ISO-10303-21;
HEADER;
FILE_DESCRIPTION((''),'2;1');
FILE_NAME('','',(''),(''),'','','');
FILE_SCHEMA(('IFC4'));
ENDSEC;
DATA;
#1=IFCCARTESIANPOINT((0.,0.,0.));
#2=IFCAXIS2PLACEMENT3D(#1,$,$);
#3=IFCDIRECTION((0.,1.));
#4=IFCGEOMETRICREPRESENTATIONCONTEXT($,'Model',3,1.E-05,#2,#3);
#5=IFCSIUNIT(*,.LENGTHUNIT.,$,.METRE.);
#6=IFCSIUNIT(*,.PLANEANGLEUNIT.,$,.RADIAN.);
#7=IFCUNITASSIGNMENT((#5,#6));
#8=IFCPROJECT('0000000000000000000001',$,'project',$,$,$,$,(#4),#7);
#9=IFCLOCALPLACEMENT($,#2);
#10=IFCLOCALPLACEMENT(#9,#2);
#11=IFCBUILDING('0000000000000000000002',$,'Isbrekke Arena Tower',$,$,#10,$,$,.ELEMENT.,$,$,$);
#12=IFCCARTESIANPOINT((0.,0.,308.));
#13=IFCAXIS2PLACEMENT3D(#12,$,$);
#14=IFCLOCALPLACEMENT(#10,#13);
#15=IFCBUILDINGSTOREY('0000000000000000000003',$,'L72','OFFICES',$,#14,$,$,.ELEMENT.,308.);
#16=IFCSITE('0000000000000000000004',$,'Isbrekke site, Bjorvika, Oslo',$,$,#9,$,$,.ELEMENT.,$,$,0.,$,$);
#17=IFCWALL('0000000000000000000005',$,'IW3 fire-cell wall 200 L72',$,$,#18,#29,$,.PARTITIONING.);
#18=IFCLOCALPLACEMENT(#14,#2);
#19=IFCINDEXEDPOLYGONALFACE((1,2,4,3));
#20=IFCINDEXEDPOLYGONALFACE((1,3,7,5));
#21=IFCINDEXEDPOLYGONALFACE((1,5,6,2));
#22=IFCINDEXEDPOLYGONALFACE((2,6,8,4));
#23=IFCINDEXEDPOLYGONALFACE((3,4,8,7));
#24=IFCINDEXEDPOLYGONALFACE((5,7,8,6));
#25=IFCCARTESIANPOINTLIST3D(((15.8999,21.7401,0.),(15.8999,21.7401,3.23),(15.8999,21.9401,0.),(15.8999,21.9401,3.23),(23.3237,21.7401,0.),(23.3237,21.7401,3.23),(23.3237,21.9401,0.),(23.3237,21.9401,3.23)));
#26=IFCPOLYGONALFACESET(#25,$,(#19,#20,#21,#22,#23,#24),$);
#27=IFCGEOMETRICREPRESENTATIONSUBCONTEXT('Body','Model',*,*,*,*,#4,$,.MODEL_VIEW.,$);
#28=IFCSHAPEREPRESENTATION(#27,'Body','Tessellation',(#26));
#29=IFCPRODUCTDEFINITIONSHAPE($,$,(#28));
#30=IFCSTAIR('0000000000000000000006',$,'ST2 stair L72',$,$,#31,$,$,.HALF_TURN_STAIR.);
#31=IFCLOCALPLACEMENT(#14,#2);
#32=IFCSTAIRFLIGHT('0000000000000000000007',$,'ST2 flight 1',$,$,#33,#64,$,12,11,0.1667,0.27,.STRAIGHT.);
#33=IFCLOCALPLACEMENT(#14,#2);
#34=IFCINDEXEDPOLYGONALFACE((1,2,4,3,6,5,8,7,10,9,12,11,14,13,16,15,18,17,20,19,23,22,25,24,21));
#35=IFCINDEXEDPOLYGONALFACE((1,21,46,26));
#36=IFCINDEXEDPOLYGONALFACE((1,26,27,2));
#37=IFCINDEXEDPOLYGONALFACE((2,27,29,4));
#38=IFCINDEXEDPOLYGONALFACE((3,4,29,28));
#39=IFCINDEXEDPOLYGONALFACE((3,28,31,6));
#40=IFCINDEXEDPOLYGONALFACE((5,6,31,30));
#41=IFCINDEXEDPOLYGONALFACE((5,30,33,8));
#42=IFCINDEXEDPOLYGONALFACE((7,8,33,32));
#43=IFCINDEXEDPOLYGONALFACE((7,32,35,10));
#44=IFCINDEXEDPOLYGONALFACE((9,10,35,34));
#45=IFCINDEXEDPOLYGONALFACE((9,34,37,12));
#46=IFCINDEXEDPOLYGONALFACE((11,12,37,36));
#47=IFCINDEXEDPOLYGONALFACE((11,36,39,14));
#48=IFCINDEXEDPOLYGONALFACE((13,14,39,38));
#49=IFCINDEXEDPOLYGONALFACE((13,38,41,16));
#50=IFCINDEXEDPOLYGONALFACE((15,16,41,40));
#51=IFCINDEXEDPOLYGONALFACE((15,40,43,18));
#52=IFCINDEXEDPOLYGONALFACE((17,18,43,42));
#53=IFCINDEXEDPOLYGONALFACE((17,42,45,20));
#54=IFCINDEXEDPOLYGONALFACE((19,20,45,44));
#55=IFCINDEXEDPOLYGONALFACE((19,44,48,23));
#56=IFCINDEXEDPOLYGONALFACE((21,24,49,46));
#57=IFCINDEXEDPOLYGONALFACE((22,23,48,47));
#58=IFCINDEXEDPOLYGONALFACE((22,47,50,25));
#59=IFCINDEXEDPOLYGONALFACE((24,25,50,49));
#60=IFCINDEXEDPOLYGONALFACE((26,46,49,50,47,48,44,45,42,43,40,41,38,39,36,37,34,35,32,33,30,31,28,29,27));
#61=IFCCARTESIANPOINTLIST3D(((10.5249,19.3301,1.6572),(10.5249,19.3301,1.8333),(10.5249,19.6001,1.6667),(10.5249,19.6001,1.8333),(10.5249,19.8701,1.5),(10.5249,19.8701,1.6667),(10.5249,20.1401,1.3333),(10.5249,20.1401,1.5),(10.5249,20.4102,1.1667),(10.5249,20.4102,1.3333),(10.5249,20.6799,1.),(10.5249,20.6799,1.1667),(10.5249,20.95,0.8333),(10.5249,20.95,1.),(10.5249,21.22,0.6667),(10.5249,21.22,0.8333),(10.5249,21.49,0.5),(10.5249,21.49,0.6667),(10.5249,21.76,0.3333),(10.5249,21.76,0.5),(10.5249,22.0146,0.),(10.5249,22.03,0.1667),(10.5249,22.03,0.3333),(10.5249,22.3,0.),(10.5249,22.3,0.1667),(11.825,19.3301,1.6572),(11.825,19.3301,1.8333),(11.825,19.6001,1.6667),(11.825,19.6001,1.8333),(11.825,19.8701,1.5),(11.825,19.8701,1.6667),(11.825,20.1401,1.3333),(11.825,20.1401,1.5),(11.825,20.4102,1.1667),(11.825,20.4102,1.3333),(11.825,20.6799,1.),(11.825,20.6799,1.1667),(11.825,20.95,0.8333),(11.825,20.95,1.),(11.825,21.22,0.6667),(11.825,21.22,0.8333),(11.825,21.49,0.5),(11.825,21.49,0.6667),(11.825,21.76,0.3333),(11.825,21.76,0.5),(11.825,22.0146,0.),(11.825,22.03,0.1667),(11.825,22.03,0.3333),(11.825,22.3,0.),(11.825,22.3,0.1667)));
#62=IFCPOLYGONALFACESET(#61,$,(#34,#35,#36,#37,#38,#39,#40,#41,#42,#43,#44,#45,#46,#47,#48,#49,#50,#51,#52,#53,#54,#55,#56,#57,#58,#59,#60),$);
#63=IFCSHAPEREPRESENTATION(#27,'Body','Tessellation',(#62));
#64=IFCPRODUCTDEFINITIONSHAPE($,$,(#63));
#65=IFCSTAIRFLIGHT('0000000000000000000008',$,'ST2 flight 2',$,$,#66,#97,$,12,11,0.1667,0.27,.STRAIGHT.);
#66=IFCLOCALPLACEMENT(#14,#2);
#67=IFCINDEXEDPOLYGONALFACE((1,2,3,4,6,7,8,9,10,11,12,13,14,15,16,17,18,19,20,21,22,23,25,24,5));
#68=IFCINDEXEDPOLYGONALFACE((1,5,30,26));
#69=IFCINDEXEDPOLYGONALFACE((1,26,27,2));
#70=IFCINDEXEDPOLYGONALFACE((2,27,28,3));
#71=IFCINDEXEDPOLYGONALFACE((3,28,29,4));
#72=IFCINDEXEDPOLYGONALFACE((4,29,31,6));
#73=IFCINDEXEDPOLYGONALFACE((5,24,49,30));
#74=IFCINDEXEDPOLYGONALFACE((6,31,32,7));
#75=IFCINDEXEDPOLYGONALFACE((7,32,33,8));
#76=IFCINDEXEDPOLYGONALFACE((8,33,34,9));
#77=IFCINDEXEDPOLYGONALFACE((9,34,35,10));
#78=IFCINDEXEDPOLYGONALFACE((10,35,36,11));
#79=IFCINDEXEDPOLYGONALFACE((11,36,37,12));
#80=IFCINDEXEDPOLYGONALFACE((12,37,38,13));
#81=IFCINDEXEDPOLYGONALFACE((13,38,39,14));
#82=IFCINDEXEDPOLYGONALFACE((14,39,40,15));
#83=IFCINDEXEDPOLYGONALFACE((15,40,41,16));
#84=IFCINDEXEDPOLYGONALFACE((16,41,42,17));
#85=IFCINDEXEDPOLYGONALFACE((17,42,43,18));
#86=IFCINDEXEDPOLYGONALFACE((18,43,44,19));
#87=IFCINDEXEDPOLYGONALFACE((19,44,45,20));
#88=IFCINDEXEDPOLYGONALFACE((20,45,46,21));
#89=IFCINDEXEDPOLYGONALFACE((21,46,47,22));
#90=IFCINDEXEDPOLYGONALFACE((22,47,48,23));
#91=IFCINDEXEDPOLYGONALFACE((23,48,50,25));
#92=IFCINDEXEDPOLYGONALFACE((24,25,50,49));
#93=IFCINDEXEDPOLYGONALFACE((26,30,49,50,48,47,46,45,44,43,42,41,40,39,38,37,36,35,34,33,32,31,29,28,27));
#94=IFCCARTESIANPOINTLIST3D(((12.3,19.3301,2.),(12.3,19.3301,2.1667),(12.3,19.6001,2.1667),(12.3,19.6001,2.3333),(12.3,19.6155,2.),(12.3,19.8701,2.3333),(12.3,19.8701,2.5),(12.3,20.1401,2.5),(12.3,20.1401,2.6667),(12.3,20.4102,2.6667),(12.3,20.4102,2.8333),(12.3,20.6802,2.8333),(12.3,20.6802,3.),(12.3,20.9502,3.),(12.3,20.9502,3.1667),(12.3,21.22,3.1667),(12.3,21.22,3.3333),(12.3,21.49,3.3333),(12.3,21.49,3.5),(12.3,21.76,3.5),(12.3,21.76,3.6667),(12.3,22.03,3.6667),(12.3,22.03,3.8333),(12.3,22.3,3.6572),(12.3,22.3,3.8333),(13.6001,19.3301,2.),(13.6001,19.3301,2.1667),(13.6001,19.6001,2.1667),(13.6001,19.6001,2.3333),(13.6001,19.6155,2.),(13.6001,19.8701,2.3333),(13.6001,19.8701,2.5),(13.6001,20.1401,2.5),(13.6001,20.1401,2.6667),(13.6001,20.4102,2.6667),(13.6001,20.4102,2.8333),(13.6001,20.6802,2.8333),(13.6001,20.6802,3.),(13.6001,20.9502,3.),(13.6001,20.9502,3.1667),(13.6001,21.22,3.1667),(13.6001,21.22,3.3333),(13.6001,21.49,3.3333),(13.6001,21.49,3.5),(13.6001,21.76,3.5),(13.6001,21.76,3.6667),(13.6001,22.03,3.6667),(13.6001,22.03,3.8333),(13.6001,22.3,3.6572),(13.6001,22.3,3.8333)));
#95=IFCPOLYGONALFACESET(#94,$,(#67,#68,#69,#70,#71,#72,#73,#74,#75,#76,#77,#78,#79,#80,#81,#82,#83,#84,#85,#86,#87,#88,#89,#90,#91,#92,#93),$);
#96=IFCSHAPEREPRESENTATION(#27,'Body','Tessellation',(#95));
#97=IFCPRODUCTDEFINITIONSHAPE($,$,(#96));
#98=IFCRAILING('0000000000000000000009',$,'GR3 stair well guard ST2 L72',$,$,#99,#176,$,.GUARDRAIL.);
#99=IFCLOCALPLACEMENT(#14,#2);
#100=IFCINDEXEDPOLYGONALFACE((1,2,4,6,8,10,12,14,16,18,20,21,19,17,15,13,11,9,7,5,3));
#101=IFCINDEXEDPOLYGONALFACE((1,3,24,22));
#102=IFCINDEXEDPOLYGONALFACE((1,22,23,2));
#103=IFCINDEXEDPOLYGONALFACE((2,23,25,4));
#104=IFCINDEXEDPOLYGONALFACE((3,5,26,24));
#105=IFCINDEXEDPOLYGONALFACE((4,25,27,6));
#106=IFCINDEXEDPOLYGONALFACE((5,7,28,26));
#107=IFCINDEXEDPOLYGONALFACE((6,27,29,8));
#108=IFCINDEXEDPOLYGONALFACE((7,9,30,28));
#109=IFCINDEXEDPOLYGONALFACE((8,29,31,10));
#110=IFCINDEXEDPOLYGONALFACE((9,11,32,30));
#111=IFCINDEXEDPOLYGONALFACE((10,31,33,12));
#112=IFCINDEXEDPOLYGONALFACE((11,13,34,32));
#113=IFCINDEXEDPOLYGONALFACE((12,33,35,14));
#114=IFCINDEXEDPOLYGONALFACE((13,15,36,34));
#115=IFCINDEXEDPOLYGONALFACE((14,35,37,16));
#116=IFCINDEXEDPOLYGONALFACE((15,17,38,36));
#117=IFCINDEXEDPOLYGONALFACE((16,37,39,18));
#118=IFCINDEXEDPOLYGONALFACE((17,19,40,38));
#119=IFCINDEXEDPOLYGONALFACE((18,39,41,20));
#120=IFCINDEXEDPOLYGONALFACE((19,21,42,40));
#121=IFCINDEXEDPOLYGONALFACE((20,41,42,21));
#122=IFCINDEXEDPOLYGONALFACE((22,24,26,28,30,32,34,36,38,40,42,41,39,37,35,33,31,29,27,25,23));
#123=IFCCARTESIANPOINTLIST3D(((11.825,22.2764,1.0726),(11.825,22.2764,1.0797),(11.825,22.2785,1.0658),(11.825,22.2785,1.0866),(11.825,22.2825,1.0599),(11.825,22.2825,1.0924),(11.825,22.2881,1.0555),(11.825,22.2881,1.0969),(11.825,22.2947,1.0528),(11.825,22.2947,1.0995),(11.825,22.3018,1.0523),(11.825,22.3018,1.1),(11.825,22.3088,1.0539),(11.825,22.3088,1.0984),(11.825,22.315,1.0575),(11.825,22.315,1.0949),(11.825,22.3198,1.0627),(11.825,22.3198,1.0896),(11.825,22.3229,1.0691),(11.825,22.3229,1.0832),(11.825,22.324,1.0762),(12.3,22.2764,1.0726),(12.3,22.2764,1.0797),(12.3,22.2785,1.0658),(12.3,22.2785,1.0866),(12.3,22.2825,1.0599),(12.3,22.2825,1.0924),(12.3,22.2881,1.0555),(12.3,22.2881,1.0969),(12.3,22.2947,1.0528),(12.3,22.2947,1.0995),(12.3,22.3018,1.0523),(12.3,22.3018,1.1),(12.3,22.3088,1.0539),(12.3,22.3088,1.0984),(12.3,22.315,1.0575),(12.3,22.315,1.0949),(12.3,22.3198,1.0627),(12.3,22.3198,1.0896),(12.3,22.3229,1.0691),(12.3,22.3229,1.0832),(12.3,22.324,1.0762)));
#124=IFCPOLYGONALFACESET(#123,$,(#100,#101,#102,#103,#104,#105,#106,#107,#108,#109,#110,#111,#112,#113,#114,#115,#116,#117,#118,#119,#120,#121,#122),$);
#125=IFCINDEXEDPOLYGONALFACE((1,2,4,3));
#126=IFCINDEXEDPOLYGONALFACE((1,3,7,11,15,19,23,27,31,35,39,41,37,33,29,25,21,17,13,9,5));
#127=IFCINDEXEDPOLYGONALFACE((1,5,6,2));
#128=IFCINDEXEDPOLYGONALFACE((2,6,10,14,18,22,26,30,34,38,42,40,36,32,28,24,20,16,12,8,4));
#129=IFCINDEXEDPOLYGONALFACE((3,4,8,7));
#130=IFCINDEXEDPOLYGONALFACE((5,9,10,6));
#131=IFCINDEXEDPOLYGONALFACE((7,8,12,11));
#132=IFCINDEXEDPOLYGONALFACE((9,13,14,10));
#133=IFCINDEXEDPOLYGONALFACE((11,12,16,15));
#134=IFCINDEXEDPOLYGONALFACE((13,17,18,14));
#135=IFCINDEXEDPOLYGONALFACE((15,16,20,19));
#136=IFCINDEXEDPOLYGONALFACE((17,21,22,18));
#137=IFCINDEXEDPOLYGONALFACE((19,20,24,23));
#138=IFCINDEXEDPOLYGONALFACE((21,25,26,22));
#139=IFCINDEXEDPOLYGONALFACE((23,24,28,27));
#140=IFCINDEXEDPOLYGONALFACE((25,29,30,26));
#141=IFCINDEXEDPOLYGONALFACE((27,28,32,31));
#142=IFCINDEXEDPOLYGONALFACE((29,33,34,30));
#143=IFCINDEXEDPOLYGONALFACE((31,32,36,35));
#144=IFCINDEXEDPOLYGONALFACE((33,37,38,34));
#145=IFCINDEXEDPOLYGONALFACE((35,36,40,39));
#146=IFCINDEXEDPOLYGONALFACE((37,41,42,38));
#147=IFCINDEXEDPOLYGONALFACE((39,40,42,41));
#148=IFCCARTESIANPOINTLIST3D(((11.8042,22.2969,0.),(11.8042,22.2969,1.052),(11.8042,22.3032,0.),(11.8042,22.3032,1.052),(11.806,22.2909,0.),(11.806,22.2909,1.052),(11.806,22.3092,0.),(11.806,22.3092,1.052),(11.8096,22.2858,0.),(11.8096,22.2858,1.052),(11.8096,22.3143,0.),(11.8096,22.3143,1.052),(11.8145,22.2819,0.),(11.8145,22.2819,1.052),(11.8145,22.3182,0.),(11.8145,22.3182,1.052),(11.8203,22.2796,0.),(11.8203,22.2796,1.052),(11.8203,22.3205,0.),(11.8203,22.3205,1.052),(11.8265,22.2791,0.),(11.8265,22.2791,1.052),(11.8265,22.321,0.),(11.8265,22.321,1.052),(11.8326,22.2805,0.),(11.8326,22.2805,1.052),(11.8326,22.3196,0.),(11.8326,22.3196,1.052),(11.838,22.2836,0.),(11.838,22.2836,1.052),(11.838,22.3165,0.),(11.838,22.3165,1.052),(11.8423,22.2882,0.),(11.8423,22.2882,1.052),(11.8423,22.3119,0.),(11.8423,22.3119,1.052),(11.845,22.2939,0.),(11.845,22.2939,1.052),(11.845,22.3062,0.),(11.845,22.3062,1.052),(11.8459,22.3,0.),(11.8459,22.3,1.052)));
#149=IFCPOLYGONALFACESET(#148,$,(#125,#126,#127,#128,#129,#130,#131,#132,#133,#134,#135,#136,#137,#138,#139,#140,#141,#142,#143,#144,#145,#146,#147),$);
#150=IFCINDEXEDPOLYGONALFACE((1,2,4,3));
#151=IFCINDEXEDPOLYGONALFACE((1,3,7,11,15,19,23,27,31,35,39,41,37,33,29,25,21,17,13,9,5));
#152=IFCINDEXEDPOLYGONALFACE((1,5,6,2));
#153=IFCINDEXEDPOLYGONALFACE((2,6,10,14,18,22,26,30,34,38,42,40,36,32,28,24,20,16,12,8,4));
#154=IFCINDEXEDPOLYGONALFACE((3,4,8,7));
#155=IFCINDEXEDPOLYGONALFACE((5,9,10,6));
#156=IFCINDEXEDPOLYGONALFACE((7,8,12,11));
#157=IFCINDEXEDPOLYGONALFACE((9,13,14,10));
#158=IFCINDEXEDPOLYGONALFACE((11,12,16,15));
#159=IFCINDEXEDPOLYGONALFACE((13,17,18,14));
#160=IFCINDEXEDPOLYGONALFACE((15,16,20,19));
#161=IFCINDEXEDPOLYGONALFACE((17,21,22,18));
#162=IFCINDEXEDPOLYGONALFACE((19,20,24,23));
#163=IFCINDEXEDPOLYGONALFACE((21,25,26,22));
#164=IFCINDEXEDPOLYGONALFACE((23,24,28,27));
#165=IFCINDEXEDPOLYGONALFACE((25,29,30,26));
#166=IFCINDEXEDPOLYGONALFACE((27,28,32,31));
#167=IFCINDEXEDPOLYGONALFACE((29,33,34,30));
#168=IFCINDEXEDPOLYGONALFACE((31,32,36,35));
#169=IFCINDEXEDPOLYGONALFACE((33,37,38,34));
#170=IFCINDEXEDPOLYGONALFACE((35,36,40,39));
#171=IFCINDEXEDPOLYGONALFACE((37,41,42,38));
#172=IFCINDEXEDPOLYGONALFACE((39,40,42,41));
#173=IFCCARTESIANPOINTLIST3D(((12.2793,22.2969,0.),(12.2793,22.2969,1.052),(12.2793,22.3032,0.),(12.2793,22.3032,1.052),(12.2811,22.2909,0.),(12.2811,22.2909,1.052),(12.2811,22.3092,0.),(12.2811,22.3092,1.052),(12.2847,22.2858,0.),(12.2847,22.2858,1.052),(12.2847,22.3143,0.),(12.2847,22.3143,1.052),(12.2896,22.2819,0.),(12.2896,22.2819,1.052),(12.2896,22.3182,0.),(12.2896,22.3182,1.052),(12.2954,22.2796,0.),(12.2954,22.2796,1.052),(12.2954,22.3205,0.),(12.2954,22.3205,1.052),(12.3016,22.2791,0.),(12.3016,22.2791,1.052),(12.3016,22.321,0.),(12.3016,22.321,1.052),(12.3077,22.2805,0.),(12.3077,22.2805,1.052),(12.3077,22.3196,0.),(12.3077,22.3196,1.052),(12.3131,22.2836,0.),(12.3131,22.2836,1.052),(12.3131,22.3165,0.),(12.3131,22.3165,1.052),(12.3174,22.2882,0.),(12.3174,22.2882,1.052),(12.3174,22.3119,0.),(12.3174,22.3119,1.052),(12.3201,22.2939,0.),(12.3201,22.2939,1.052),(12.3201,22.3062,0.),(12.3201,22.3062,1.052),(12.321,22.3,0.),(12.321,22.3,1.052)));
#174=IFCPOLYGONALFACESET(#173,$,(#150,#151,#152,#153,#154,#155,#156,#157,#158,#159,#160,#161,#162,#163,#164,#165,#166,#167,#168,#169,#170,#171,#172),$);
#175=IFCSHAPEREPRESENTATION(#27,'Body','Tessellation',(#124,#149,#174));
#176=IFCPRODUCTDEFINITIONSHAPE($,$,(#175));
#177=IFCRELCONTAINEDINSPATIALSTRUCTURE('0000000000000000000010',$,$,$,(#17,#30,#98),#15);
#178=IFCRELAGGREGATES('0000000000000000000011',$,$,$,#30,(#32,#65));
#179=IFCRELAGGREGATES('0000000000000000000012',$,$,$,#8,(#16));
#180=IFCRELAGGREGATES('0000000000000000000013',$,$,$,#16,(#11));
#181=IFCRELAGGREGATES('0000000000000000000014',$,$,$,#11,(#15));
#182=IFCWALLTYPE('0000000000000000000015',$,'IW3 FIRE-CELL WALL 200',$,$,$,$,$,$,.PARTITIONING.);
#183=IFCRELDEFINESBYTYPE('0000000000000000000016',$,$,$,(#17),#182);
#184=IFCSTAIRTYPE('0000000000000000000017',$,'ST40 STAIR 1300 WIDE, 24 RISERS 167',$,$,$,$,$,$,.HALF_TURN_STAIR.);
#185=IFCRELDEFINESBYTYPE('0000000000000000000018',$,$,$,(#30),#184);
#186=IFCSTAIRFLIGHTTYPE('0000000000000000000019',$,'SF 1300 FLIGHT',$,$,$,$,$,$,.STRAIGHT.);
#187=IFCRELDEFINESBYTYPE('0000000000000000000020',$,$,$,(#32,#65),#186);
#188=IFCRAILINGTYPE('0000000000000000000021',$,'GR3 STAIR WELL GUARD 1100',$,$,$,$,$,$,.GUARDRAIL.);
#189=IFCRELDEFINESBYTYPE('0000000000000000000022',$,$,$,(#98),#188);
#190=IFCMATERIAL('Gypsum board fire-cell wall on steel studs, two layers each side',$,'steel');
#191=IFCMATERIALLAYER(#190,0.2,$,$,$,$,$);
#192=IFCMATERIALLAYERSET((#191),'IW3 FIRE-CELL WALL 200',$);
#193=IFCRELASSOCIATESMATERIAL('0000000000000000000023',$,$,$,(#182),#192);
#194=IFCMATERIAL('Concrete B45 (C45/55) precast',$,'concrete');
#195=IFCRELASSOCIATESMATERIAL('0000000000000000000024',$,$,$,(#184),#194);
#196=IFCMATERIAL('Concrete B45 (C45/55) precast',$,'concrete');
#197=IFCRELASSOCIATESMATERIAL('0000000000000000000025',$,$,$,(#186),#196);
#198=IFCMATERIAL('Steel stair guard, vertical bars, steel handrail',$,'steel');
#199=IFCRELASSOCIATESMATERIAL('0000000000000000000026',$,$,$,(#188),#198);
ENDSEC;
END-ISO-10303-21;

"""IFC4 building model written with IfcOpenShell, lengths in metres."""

from ifc_helpers import new_model, si_unit, direction, frame, frame_2d, origin, origin_2d, place, context, subcontext, project, spatial, polyline, rectangle, circle, outline, extrude, material, layer, layer_set, type_object, element, aggregate, save


model = new_model("IFC4")

# Units and contexts
model_context = context("Model", 3, precision=1e-05, world=origin(), true_north=direction((0.0, 1.0)))
body_context = subcontext(model_context, "Body", "Model", "MODEL_VIEW")
ifc_project = project(units=[si_unit("LENGTHUNIT", "METRE"), si_unit("PLANEANGLEUNIT", "RADIAN")], contexts=[model_context])

# Site, building, storey
site_placement = place(None, origin())
site = spatial("IfcSite", under=ifc_project, at=site_placement, Name="Isbrekke site, Bjorvika, Oslo", CompositionType="ELEMENT", RefElevation=0.0)
building_placement = place(site_placement, origin())
building = spatial("IfcBuilding", under=site, at=building_placement, Name="Isbrekke Arena Tower", CompositionType="ELEMENT")
storey_placement = place(building_placement, frame((0.0, 0.0, 308.0)))
storey = spatial("IfcBuildingStorey", under=building, at=storey_placement, Name="L72", Description="OFFICES", CompositionType="ELEMENT", Elevation=308.0)

# Wall
ifc_material_1 = material(Name="Gypsum board fire-cell wall on steel studs, two layers each side", Category="steel")
ifc_layer_1 = layer(ifc_material_1, 0.2)
ifc_layer_set_1 = layer_set([ifc_layer_1], Name="IW3 FIRE-CELL WALL 200")
wall_type_1 = type_object("IfcWallType", Name="IW3 FIRE-CELL WALL 200", PredefinedType="PARTITIONING", material=ifc_layer_set_1)
wall_1_placement = place(storey_placement, frame((15.8999, 21.8401, 0.0), z_axis=(0.0, 0.0, 1.0), x_axis=(1.0, 0.0, 0.0)))
element("IfcWall", 1, at=wall_1_placement, inside=storey, type_object=wall_type_1, Name="IW3 fire-cell wall 200 L72", PredefinedType="PARTITIONING", context=body_context, shape_type="SweptSolid", body=[
    extrude(rectangle(XDim=7.4238, YDim=0.2, at=frame_2d((3.7119, 0.0))), origin(), (0.0, 0.0, 1.0), 3.23),
])

# Stair, stair flights
ifc_material_2 = material(Name="Concrete B45 (C45/55) precast", Category="concrete")
stair_type = type_object("IfcStairType", Name="ST40 STAIR 1300 WIDE, 24 RISERS 167", PredefinedType="HALF_TURN_STAIR", material=ifc_material_2)
stair_placement = place(storey_placement, origin())
stair = element("IfcStair", 2, at=stair_placement, inside=storey, type_object=stair_type, Name="ST2 stair L72", PredefinedType="HALF_TURN_STAIR")
ifc_material_3 = material(Name="Concrete B45 (C45/55) precast", Category="concrete")
stair_flight_type = type_object("IfcStairFlightType", Name="SF 1300 FLIGHT", PredefinedType="STRAIGHT", material=ifc_material_3)
stair_flight_1_placement = place(storey_placement, frame((11.175, 22.3, 0.0), z_axis=(0.0, 0.0, 1.0), x_axis=(0.0, -1.0, 0.0)))
stair_flight_1 = element("IfcStairFlight", 3, at=stair_flight_1_placement, type_object=stair_flight_type, Name="ST2 flight 1", NumberOfRisers=12, NumberOfTreads=11, PredefinedType="STRAIGHT", RiserHeight=0.1667, TreadLength=0.27, context=body_context, shape_type="SweptSolid", body=[
    extrude(outline(polyline([(0.0, 0.0), (0.0, 0.1667), (0.27, 0.1667), (0.27, 0.3333), (0.54, 0.3333), (0.54, 0.5), (0.8101, 0.5), (0.8101, 0.6667), (1.0801, 0.6667), (1.0801, 0.8333), (1.3501, 0.8333), (1.3501, 1.0), (1.6201, 1.0), (1.6201, 1.1667), (1.8899, 1.1667), (1.8899, 1.3333), (2.1599, 1.3333), (2.1599, 1.5), (2.4299, 1.5), (2.4299, 1.6667), (2.7, 1.6667), (2.7, 1.8333), (2.97, 1.8333), (2.97, 2.0), (2.97, 1.6572), (0.2854, 0.0), (0.0, 0.0)])), frame((0.0, 0.6499, 0.0), z_axis=(0.0, -1.0, 0.0), x_axis=(1.0, 0.0, 0.0)), (0.0, 0.0, 1.0), 1.3),
])
stair_flight_2_placement = place(storey_placement, frame((12.95, 19.3301, 2.0), z_axis=(0.0, 0.0, 1.0), x_axis=(0.0, 1.0, 0.0)))
stair_flight_2 = element("IfcStairFlight", 4, at=stair_flight_2_placement, type_object=stair_flight_type, Name="ST2 flight 2", NumberOfRisers=12, NumberOfTreads=11, PredefinedType="STRAIGHT", RiserHeight=0.1667, TreadLength=0.27, context=body_context, shape_type="SweptSolid", body=[
    extrude(outline(polyline([(0.0, 0.0), (0.0, 0.1667), (0.27, 0.1667), (0.27, 0.3333), (0.54, 0.3333), (0.54, 0.5), (0.8101, 0.5), (0.8101, 0.6667), (1.0801, 0.6667), (1.0801, 0.8333), (1.3501, 0.8333), (1.3501, 1.0), (1.6201, 1.0), (1.6201, 1.1667), (1.8899, 1.1667), (1.8899, 1.3333), (2.1599, 1.3333), (2.1599, 1.5), (2.4299, 1.5), (2.4299, 1.6667), (2.7, 1.6667), (2.7, 1.8333), (2.97, 1.8333), (2.97, 2.0), (2.97, 1.6572), (0.2854, 0.0), (0.0, 0.0)])), frame((0.0, 0.6499, 0.0), z_axis=(0.0, -1.0, 0.0), x_axis=(1.0, 0.0, 0.0)), (0.0, 0.0, 1.0), 1.3),
])
aggregate(stair, [stair_flight_1, stair_flight_2])

# Railing
ifc_material_4 = material(Name="Steel stair guard, vertical bars, steel handrail", Category="steel")
railing_type = type_object("IfcRailingType", Name="GR3 STAIR WELL GUARD 1100", PredefinedType="GUARDRAIL", material=ifc_material_4)
for number, where, name in (
    (5, (11.825, 22.3, 0.0), "GR3 stair well guard ST2 L72"),
):
    element("IfcRailing", number, at=place(storey_placement, frame(where)), inside=storey, type_object=railing_type, Name=name, PredefinedType="GUARDRAIL", context=body_context, shape_type="SweptSolid", body=[
        extrude(circle(Radius=0.0239, at=origin_2d()), frame((0.0, 0.0, 1.0762), z_axis=(1.0, 0.0, 0.0), x_axis=(0.0, 1.0, 0.0)), (0.0, 0.0, 1.0), 0.4751),
        extrude(circle(Radius=0.021, at=origin_2d()), origin(), (0.0, 0.0, 1.0), 1.052),
        extrude(circle(Radius=0.021, at=origin_2d()), frame((0.4751, 0.0, 0.0)), (0.0, 0.0, 1.0), 1.052),
    ])

save(model, "model.ifc")
